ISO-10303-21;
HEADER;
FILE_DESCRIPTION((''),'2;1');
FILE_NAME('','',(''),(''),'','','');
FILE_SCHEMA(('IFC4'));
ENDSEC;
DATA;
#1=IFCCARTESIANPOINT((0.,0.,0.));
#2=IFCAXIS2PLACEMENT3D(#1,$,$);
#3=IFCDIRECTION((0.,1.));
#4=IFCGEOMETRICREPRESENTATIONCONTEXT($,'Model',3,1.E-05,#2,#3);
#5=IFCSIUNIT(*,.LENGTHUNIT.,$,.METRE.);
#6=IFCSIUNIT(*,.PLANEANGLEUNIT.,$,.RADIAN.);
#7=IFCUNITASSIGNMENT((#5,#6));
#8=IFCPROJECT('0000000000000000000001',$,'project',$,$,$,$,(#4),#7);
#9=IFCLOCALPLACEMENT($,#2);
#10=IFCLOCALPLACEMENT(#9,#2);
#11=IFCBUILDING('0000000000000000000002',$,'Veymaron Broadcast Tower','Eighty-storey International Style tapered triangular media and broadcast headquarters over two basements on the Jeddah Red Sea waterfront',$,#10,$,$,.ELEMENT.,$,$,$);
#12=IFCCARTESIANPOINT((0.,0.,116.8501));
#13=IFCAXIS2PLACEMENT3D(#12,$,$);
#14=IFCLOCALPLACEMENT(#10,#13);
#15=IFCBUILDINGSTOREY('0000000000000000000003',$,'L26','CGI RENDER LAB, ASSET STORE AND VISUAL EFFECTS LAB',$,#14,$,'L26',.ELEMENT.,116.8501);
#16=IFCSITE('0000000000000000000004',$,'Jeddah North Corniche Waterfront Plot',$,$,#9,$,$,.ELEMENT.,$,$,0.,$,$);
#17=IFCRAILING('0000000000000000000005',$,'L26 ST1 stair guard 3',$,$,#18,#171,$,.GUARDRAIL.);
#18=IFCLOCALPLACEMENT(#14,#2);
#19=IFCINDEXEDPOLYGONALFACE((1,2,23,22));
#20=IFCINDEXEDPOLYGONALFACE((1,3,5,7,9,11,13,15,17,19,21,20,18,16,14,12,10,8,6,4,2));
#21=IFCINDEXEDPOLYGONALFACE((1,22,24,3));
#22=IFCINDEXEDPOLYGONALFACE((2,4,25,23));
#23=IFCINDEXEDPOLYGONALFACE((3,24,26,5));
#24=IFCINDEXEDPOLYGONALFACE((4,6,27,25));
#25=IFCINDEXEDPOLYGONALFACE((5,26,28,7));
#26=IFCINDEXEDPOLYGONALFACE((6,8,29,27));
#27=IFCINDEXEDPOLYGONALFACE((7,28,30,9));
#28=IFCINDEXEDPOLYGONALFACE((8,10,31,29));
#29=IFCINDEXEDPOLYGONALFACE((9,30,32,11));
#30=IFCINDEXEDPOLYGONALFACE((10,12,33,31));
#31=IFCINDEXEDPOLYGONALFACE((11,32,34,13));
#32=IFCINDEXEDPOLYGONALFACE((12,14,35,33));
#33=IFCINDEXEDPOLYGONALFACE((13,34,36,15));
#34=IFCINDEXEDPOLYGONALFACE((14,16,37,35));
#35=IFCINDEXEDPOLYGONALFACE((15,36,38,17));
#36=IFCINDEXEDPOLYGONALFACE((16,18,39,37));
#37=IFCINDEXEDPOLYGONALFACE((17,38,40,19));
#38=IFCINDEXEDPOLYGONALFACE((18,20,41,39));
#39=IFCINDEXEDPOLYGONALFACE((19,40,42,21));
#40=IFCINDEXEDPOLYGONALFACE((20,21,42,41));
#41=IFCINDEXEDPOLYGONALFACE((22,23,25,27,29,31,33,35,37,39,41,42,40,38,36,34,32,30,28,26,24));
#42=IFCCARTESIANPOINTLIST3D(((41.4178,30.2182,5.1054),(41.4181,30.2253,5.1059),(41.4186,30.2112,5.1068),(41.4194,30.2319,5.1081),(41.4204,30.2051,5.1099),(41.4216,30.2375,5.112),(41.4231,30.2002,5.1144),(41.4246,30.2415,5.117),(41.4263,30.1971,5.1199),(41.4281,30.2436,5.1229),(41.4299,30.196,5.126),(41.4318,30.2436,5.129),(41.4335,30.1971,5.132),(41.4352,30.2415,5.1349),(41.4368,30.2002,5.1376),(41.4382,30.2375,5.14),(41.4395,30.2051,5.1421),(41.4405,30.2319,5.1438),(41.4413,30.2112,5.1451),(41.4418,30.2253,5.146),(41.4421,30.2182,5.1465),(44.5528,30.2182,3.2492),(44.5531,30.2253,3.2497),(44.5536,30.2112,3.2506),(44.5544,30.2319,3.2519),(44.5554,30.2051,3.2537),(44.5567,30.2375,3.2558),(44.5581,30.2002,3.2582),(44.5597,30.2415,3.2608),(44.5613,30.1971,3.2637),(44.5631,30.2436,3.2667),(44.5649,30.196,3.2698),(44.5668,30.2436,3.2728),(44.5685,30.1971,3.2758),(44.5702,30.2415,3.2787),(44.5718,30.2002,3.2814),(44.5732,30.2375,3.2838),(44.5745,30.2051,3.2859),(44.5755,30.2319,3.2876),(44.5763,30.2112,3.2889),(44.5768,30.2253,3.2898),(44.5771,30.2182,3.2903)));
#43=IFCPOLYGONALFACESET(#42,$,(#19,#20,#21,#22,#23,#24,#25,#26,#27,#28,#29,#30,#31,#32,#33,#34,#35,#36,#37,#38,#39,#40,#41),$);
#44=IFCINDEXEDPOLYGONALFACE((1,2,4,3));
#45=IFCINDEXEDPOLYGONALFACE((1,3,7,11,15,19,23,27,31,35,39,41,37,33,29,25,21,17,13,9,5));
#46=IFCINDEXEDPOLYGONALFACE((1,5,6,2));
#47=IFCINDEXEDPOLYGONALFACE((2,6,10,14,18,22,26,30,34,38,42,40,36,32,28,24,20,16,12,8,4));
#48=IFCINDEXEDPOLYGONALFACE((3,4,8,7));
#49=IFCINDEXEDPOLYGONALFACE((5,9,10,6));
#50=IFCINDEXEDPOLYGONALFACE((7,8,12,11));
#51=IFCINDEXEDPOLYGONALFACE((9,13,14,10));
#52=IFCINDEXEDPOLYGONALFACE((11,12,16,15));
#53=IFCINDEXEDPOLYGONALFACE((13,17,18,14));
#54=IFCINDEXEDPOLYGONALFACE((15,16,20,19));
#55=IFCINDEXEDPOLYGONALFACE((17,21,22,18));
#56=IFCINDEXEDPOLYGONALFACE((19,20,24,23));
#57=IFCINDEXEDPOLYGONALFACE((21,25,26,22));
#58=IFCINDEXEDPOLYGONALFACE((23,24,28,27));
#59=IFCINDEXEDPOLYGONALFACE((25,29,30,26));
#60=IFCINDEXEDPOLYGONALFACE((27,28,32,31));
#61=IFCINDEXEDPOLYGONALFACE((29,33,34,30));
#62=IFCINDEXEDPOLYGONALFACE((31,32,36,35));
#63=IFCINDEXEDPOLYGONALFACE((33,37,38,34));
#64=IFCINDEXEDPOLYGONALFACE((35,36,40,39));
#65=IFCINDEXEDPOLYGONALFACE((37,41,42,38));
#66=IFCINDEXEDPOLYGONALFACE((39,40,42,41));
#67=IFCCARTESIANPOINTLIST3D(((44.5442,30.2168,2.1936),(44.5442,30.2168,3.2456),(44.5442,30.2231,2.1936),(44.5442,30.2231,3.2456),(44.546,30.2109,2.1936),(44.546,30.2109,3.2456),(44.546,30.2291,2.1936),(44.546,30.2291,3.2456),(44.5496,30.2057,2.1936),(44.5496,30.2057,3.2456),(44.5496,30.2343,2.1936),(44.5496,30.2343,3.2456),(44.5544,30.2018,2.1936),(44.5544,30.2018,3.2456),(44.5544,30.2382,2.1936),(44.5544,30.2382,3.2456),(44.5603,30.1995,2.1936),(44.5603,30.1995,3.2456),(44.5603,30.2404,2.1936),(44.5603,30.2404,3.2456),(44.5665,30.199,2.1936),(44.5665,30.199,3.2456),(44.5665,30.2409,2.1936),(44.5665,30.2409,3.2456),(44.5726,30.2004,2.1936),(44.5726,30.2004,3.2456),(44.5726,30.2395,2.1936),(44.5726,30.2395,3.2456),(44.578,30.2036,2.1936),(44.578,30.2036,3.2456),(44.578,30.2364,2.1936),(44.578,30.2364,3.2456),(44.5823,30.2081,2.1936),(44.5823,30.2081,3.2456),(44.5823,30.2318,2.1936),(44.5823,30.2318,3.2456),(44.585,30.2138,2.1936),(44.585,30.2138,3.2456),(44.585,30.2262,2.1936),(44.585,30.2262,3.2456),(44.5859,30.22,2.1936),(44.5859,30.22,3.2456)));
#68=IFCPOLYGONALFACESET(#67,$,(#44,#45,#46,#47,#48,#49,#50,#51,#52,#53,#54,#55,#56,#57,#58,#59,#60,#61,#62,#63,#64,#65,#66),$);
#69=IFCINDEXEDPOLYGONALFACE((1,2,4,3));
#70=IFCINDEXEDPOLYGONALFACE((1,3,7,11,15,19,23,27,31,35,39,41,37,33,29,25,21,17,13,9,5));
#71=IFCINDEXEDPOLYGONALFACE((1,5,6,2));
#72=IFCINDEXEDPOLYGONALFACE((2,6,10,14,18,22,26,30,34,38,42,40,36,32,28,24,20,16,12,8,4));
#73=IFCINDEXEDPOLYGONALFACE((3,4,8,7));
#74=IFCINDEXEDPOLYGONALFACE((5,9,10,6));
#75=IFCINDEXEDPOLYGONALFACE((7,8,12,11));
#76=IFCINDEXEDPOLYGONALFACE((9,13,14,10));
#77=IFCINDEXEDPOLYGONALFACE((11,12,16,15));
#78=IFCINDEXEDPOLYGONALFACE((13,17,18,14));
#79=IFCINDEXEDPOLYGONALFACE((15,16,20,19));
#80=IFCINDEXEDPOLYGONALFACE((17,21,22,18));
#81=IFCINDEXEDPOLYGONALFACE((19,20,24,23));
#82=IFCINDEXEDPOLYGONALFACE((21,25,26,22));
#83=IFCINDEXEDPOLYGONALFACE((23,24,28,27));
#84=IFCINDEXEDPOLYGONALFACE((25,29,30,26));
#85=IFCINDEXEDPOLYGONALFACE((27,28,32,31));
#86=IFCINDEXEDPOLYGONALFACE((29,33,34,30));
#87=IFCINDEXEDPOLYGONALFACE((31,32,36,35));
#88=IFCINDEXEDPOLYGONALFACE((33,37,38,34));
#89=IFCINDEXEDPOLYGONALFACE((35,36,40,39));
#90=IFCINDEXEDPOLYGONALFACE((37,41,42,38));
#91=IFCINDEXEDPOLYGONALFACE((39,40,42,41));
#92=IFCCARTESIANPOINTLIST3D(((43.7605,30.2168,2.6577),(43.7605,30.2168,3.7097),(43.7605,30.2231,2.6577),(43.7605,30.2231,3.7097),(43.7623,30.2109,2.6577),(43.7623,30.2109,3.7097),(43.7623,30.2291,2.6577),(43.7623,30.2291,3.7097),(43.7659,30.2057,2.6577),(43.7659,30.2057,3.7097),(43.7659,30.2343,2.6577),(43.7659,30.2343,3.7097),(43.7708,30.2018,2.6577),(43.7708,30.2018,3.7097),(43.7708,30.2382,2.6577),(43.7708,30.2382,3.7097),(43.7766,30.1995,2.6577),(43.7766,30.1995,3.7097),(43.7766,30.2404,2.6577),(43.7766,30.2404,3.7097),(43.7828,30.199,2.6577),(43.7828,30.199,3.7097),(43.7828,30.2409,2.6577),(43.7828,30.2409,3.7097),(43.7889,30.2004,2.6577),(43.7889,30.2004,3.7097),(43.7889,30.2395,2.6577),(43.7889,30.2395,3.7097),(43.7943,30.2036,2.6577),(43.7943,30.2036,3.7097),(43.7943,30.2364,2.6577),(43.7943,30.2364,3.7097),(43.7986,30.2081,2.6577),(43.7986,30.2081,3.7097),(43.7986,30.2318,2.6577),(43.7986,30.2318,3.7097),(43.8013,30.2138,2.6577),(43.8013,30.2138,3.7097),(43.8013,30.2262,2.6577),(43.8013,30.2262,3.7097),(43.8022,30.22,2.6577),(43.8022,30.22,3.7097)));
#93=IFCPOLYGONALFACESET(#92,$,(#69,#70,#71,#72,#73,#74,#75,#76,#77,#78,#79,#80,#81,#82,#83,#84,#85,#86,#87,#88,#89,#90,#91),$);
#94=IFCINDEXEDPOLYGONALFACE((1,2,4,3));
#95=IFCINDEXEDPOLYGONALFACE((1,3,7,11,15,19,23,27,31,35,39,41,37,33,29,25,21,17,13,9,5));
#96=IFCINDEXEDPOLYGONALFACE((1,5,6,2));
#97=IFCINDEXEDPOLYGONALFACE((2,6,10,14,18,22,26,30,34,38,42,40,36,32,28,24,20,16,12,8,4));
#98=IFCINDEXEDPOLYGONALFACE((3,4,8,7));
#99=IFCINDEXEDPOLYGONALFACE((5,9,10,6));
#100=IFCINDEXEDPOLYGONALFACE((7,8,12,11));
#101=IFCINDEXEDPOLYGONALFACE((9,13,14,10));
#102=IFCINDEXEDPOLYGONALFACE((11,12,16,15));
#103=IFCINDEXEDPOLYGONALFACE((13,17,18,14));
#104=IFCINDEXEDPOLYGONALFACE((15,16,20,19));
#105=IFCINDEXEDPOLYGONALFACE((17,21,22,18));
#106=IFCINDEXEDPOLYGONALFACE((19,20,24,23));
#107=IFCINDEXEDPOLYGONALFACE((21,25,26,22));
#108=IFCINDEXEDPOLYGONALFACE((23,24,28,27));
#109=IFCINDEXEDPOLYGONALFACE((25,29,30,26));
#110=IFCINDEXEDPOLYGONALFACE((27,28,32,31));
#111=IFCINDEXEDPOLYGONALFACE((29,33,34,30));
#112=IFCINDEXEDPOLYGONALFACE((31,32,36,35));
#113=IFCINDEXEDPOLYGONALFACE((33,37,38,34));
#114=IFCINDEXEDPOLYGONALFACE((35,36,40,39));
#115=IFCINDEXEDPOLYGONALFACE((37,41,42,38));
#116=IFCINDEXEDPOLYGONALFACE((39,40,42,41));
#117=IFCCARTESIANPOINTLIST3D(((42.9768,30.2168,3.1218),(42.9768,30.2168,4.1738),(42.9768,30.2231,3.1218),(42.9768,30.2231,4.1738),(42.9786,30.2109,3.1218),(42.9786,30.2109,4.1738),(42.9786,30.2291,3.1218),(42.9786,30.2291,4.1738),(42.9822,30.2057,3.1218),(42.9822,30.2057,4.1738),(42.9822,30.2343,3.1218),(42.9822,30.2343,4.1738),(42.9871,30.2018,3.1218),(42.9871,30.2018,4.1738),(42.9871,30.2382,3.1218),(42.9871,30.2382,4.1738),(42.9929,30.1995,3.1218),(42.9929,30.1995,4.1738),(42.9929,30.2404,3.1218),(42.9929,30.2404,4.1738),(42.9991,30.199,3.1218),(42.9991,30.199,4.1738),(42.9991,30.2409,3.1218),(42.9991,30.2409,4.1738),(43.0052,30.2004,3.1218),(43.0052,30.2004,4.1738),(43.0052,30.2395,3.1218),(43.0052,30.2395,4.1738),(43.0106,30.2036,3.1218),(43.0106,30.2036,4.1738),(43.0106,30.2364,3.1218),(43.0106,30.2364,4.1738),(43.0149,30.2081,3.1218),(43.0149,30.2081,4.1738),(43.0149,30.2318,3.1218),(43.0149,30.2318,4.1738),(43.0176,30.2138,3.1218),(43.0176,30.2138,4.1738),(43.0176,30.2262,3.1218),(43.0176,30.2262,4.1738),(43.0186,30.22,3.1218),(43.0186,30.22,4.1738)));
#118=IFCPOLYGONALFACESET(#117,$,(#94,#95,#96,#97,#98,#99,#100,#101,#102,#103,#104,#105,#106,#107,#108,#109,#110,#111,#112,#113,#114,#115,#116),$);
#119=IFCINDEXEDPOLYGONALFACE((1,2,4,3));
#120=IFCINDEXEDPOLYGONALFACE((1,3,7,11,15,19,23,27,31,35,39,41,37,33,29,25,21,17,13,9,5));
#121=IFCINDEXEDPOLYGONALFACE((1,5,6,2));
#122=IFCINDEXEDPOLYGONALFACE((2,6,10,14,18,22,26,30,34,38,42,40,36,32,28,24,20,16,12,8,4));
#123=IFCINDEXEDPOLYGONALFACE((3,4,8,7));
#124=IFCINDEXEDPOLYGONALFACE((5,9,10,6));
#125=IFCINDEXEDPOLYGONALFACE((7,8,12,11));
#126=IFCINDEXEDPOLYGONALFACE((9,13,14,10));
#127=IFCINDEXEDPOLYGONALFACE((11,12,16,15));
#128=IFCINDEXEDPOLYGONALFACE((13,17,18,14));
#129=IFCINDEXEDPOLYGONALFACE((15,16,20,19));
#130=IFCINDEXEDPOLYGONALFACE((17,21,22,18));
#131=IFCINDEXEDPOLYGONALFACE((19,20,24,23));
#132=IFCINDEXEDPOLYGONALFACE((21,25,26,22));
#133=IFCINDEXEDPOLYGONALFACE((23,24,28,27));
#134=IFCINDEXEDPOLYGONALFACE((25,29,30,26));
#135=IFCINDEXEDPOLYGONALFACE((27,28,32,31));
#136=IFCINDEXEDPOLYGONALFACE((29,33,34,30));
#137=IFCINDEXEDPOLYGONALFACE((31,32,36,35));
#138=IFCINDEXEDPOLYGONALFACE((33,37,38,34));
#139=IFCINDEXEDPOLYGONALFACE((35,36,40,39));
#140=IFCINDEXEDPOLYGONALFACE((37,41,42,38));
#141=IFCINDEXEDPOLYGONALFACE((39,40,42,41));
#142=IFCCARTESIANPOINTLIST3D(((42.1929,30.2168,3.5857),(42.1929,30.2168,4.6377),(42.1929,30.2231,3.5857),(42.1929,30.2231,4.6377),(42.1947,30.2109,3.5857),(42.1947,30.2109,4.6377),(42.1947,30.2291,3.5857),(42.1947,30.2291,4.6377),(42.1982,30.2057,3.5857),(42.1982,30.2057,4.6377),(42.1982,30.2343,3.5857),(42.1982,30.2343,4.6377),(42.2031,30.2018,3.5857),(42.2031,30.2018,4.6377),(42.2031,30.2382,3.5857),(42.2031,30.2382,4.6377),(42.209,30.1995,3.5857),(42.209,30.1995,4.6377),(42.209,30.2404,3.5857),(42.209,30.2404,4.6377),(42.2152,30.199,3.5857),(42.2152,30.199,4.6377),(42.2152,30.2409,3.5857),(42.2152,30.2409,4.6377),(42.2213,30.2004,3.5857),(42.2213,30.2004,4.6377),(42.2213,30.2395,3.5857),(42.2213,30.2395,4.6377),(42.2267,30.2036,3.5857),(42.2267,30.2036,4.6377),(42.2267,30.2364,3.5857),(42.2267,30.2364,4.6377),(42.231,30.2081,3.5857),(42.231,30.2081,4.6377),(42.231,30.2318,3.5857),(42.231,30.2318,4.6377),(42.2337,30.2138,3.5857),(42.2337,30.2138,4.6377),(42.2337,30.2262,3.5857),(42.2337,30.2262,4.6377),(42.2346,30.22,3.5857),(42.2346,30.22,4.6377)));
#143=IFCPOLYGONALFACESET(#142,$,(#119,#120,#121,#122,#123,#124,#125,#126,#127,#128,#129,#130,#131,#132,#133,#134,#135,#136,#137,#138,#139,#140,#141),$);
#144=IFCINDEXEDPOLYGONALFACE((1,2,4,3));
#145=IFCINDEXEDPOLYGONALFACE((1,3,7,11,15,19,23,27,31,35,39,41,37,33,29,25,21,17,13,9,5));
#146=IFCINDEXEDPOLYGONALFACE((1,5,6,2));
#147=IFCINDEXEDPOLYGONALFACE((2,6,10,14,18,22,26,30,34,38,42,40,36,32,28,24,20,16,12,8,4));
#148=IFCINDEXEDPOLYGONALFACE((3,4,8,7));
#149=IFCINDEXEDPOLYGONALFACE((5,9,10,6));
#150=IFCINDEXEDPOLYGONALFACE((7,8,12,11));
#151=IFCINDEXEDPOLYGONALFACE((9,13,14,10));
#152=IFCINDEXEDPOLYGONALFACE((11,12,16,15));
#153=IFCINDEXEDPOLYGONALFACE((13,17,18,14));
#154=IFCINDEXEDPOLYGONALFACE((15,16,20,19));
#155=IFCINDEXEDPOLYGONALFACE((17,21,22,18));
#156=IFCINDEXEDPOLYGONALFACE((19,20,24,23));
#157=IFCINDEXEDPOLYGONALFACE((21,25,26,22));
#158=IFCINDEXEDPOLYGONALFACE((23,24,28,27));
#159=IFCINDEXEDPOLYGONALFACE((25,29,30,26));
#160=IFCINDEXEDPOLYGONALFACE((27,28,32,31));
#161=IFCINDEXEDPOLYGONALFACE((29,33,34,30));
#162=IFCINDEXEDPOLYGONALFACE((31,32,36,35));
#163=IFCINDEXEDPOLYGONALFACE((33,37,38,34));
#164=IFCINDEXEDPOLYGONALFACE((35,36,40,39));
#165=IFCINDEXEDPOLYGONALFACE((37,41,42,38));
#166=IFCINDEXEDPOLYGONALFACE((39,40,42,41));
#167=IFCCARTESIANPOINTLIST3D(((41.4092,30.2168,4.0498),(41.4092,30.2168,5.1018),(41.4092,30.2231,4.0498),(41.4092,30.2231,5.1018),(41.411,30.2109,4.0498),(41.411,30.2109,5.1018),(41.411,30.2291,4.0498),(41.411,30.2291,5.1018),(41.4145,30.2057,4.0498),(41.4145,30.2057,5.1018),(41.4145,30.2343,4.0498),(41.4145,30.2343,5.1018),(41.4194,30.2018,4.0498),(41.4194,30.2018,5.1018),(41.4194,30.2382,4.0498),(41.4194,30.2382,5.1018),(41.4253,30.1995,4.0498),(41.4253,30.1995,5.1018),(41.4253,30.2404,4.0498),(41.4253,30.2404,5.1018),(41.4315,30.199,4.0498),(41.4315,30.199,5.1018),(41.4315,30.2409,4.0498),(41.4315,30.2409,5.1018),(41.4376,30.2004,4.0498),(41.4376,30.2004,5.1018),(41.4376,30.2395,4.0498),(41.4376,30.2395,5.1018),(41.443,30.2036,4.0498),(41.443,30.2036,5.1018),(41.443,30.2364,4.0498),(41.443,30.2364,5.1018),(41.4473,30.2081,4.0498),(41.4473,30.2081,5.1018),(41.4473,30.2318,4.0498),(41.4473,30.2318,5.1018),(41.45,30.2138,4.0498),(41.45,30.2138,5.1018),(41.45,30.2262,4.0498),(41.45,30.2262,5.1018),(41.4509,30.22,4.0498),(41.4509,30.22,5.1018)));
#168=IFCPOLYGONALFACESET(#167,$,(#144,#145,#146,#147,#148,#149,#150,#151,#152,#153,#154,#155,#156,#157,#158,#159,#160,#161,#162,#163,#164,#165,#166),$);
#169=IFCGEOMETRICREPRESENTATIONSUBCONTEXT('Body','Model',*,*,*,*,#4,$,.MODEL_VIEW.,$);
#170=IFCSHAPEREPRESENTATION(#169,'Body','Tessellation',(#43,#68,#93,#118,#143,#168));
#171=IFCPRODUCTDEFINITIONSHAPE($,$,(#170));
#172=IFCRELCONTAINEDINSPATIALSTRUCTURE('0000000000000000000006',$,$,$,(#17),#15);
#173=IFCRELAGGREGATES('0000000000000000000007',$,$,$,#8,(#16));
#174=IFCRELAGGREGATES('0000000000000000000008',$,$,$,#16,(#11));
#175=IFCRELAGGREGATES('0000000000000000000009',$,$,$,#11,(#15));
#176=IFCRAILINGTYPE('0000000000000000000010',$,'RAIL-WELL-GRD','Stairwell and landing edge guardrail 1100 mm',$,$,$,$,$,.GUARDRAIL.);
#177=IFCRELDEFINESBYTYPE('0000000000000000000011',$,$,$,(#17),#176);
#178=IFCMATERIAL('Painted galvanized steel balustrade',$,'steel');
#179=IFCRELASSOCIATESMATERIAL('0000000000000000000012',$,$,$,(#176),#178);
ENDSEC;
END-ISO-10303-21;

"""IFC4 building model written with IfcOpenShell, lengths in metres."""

from ifc_helpers import new_model, si_unit, direction, frame, origin, origin_2d, place, context, subcontext, project, spatial, circle, extrude, material, type_object, element, save


model = new_model("IFC4")

# Units and contexts
model_context = context("Model", 3, precision=1e-05, world=origin(), true_north=direction((0.0, 1.0)))
body_context = subcontext(model_context, "Body", "Model", "MODEL_VIEW")
ifc_project = project(units=[si_unit("LENGTHUNIT", "METRE"), si_unit("PLANEANGLEUNIT", "RADIAN")], contexts=[model_context])

# Site, building, storey
site_placement = place(None, origin())
site = spatial("IfcSite", under=ifc_project, at=site_placement, Name="Jeddah North Corniche Waterfront Plot", CompositionType="ELEMENT", RefElevation=0.0)
building_placement = place(site_placement, origin())
building = spatial("IfcBuilding", under=site, at=building_placement, Name="Veymaron Broadcast Tower", Description="Eighty-storey International Style tapered triangular media and broadcast headquarters over two basements on the Jeddah Red Sea waterfront", CompositionType="ELEMENT")
storey_placement = place(building_placement, frame((0.0, 0.0, 116.8501)))
storey = spatial("IfcBuildingStorey", under=building, at=storey_placement, Name="L26", Description="CGI RENDER LAB, ASSET STORE AND VISUAL EFFECTS LAB", LongName="L26", CompositionType="ELEMENT", Elevation=116.8501)

# Railing
ifc_material_1 = material(Name="Painted galvanized steel balustrade", Category="steel")
railing_type_1 = type_object("IfcRailingType", Name="RAIL-WELL-GRD", Description="Stairwell and landing edge guardrail 1100 mm", PredefinedType="GUARDRAIL", material=ifc_material_1)
railing_1_placement = place(storey_placement, frame((44.5649, 30.22, 2.1936)))
element("IfcRailing", 1, at=railing_1_placement, inside=storey, type_object=railing_type_1, Name="L26 ST1 stair guard 3", PredefinedType="GUARDRAIL", context=body_context, shape_type="SweptSolid", body=[
    extrude(circle(Radius=0.0239, at=origin_2d()), frame((0.0, 0.0, 1.0762), z_axis=(-0.860482, 0.0, 0.509481), x_axis=(0.0, -1.0, 0.0)), (0.0, 0.0, 1.0), 3.6433),
    extrude(circle(Radius=0.021, at=origin_2d()), origin(), (0.0, 0.0, 1.0), 1.052),
    extrude(circle(Radius=0.021, at=origin_2d()), frame((-0.7837, 0.0, 0.4641)), (0.0, 0.0, 1.0), 1.052),
    extrude(circle(Radius=0.021, at=origin_2d()), frame((-1.5674, 0.0, 0.9282)), (0.0, 0.0, 1.0), 1.052),
    extrude(circle(Radius=0.021, at=origin_2d()), frame((-2.3513, 0.0, 1.3921)), (0.0, 0.0, 1.0), 1.052),
    extrude(circle(Radius=0.021, at=origin_2d()), frame((-3.135, 0.0, 1.8562)), (0.0, 0.0, 1.0), 1.052),
])

save(model, "model.ifc")
